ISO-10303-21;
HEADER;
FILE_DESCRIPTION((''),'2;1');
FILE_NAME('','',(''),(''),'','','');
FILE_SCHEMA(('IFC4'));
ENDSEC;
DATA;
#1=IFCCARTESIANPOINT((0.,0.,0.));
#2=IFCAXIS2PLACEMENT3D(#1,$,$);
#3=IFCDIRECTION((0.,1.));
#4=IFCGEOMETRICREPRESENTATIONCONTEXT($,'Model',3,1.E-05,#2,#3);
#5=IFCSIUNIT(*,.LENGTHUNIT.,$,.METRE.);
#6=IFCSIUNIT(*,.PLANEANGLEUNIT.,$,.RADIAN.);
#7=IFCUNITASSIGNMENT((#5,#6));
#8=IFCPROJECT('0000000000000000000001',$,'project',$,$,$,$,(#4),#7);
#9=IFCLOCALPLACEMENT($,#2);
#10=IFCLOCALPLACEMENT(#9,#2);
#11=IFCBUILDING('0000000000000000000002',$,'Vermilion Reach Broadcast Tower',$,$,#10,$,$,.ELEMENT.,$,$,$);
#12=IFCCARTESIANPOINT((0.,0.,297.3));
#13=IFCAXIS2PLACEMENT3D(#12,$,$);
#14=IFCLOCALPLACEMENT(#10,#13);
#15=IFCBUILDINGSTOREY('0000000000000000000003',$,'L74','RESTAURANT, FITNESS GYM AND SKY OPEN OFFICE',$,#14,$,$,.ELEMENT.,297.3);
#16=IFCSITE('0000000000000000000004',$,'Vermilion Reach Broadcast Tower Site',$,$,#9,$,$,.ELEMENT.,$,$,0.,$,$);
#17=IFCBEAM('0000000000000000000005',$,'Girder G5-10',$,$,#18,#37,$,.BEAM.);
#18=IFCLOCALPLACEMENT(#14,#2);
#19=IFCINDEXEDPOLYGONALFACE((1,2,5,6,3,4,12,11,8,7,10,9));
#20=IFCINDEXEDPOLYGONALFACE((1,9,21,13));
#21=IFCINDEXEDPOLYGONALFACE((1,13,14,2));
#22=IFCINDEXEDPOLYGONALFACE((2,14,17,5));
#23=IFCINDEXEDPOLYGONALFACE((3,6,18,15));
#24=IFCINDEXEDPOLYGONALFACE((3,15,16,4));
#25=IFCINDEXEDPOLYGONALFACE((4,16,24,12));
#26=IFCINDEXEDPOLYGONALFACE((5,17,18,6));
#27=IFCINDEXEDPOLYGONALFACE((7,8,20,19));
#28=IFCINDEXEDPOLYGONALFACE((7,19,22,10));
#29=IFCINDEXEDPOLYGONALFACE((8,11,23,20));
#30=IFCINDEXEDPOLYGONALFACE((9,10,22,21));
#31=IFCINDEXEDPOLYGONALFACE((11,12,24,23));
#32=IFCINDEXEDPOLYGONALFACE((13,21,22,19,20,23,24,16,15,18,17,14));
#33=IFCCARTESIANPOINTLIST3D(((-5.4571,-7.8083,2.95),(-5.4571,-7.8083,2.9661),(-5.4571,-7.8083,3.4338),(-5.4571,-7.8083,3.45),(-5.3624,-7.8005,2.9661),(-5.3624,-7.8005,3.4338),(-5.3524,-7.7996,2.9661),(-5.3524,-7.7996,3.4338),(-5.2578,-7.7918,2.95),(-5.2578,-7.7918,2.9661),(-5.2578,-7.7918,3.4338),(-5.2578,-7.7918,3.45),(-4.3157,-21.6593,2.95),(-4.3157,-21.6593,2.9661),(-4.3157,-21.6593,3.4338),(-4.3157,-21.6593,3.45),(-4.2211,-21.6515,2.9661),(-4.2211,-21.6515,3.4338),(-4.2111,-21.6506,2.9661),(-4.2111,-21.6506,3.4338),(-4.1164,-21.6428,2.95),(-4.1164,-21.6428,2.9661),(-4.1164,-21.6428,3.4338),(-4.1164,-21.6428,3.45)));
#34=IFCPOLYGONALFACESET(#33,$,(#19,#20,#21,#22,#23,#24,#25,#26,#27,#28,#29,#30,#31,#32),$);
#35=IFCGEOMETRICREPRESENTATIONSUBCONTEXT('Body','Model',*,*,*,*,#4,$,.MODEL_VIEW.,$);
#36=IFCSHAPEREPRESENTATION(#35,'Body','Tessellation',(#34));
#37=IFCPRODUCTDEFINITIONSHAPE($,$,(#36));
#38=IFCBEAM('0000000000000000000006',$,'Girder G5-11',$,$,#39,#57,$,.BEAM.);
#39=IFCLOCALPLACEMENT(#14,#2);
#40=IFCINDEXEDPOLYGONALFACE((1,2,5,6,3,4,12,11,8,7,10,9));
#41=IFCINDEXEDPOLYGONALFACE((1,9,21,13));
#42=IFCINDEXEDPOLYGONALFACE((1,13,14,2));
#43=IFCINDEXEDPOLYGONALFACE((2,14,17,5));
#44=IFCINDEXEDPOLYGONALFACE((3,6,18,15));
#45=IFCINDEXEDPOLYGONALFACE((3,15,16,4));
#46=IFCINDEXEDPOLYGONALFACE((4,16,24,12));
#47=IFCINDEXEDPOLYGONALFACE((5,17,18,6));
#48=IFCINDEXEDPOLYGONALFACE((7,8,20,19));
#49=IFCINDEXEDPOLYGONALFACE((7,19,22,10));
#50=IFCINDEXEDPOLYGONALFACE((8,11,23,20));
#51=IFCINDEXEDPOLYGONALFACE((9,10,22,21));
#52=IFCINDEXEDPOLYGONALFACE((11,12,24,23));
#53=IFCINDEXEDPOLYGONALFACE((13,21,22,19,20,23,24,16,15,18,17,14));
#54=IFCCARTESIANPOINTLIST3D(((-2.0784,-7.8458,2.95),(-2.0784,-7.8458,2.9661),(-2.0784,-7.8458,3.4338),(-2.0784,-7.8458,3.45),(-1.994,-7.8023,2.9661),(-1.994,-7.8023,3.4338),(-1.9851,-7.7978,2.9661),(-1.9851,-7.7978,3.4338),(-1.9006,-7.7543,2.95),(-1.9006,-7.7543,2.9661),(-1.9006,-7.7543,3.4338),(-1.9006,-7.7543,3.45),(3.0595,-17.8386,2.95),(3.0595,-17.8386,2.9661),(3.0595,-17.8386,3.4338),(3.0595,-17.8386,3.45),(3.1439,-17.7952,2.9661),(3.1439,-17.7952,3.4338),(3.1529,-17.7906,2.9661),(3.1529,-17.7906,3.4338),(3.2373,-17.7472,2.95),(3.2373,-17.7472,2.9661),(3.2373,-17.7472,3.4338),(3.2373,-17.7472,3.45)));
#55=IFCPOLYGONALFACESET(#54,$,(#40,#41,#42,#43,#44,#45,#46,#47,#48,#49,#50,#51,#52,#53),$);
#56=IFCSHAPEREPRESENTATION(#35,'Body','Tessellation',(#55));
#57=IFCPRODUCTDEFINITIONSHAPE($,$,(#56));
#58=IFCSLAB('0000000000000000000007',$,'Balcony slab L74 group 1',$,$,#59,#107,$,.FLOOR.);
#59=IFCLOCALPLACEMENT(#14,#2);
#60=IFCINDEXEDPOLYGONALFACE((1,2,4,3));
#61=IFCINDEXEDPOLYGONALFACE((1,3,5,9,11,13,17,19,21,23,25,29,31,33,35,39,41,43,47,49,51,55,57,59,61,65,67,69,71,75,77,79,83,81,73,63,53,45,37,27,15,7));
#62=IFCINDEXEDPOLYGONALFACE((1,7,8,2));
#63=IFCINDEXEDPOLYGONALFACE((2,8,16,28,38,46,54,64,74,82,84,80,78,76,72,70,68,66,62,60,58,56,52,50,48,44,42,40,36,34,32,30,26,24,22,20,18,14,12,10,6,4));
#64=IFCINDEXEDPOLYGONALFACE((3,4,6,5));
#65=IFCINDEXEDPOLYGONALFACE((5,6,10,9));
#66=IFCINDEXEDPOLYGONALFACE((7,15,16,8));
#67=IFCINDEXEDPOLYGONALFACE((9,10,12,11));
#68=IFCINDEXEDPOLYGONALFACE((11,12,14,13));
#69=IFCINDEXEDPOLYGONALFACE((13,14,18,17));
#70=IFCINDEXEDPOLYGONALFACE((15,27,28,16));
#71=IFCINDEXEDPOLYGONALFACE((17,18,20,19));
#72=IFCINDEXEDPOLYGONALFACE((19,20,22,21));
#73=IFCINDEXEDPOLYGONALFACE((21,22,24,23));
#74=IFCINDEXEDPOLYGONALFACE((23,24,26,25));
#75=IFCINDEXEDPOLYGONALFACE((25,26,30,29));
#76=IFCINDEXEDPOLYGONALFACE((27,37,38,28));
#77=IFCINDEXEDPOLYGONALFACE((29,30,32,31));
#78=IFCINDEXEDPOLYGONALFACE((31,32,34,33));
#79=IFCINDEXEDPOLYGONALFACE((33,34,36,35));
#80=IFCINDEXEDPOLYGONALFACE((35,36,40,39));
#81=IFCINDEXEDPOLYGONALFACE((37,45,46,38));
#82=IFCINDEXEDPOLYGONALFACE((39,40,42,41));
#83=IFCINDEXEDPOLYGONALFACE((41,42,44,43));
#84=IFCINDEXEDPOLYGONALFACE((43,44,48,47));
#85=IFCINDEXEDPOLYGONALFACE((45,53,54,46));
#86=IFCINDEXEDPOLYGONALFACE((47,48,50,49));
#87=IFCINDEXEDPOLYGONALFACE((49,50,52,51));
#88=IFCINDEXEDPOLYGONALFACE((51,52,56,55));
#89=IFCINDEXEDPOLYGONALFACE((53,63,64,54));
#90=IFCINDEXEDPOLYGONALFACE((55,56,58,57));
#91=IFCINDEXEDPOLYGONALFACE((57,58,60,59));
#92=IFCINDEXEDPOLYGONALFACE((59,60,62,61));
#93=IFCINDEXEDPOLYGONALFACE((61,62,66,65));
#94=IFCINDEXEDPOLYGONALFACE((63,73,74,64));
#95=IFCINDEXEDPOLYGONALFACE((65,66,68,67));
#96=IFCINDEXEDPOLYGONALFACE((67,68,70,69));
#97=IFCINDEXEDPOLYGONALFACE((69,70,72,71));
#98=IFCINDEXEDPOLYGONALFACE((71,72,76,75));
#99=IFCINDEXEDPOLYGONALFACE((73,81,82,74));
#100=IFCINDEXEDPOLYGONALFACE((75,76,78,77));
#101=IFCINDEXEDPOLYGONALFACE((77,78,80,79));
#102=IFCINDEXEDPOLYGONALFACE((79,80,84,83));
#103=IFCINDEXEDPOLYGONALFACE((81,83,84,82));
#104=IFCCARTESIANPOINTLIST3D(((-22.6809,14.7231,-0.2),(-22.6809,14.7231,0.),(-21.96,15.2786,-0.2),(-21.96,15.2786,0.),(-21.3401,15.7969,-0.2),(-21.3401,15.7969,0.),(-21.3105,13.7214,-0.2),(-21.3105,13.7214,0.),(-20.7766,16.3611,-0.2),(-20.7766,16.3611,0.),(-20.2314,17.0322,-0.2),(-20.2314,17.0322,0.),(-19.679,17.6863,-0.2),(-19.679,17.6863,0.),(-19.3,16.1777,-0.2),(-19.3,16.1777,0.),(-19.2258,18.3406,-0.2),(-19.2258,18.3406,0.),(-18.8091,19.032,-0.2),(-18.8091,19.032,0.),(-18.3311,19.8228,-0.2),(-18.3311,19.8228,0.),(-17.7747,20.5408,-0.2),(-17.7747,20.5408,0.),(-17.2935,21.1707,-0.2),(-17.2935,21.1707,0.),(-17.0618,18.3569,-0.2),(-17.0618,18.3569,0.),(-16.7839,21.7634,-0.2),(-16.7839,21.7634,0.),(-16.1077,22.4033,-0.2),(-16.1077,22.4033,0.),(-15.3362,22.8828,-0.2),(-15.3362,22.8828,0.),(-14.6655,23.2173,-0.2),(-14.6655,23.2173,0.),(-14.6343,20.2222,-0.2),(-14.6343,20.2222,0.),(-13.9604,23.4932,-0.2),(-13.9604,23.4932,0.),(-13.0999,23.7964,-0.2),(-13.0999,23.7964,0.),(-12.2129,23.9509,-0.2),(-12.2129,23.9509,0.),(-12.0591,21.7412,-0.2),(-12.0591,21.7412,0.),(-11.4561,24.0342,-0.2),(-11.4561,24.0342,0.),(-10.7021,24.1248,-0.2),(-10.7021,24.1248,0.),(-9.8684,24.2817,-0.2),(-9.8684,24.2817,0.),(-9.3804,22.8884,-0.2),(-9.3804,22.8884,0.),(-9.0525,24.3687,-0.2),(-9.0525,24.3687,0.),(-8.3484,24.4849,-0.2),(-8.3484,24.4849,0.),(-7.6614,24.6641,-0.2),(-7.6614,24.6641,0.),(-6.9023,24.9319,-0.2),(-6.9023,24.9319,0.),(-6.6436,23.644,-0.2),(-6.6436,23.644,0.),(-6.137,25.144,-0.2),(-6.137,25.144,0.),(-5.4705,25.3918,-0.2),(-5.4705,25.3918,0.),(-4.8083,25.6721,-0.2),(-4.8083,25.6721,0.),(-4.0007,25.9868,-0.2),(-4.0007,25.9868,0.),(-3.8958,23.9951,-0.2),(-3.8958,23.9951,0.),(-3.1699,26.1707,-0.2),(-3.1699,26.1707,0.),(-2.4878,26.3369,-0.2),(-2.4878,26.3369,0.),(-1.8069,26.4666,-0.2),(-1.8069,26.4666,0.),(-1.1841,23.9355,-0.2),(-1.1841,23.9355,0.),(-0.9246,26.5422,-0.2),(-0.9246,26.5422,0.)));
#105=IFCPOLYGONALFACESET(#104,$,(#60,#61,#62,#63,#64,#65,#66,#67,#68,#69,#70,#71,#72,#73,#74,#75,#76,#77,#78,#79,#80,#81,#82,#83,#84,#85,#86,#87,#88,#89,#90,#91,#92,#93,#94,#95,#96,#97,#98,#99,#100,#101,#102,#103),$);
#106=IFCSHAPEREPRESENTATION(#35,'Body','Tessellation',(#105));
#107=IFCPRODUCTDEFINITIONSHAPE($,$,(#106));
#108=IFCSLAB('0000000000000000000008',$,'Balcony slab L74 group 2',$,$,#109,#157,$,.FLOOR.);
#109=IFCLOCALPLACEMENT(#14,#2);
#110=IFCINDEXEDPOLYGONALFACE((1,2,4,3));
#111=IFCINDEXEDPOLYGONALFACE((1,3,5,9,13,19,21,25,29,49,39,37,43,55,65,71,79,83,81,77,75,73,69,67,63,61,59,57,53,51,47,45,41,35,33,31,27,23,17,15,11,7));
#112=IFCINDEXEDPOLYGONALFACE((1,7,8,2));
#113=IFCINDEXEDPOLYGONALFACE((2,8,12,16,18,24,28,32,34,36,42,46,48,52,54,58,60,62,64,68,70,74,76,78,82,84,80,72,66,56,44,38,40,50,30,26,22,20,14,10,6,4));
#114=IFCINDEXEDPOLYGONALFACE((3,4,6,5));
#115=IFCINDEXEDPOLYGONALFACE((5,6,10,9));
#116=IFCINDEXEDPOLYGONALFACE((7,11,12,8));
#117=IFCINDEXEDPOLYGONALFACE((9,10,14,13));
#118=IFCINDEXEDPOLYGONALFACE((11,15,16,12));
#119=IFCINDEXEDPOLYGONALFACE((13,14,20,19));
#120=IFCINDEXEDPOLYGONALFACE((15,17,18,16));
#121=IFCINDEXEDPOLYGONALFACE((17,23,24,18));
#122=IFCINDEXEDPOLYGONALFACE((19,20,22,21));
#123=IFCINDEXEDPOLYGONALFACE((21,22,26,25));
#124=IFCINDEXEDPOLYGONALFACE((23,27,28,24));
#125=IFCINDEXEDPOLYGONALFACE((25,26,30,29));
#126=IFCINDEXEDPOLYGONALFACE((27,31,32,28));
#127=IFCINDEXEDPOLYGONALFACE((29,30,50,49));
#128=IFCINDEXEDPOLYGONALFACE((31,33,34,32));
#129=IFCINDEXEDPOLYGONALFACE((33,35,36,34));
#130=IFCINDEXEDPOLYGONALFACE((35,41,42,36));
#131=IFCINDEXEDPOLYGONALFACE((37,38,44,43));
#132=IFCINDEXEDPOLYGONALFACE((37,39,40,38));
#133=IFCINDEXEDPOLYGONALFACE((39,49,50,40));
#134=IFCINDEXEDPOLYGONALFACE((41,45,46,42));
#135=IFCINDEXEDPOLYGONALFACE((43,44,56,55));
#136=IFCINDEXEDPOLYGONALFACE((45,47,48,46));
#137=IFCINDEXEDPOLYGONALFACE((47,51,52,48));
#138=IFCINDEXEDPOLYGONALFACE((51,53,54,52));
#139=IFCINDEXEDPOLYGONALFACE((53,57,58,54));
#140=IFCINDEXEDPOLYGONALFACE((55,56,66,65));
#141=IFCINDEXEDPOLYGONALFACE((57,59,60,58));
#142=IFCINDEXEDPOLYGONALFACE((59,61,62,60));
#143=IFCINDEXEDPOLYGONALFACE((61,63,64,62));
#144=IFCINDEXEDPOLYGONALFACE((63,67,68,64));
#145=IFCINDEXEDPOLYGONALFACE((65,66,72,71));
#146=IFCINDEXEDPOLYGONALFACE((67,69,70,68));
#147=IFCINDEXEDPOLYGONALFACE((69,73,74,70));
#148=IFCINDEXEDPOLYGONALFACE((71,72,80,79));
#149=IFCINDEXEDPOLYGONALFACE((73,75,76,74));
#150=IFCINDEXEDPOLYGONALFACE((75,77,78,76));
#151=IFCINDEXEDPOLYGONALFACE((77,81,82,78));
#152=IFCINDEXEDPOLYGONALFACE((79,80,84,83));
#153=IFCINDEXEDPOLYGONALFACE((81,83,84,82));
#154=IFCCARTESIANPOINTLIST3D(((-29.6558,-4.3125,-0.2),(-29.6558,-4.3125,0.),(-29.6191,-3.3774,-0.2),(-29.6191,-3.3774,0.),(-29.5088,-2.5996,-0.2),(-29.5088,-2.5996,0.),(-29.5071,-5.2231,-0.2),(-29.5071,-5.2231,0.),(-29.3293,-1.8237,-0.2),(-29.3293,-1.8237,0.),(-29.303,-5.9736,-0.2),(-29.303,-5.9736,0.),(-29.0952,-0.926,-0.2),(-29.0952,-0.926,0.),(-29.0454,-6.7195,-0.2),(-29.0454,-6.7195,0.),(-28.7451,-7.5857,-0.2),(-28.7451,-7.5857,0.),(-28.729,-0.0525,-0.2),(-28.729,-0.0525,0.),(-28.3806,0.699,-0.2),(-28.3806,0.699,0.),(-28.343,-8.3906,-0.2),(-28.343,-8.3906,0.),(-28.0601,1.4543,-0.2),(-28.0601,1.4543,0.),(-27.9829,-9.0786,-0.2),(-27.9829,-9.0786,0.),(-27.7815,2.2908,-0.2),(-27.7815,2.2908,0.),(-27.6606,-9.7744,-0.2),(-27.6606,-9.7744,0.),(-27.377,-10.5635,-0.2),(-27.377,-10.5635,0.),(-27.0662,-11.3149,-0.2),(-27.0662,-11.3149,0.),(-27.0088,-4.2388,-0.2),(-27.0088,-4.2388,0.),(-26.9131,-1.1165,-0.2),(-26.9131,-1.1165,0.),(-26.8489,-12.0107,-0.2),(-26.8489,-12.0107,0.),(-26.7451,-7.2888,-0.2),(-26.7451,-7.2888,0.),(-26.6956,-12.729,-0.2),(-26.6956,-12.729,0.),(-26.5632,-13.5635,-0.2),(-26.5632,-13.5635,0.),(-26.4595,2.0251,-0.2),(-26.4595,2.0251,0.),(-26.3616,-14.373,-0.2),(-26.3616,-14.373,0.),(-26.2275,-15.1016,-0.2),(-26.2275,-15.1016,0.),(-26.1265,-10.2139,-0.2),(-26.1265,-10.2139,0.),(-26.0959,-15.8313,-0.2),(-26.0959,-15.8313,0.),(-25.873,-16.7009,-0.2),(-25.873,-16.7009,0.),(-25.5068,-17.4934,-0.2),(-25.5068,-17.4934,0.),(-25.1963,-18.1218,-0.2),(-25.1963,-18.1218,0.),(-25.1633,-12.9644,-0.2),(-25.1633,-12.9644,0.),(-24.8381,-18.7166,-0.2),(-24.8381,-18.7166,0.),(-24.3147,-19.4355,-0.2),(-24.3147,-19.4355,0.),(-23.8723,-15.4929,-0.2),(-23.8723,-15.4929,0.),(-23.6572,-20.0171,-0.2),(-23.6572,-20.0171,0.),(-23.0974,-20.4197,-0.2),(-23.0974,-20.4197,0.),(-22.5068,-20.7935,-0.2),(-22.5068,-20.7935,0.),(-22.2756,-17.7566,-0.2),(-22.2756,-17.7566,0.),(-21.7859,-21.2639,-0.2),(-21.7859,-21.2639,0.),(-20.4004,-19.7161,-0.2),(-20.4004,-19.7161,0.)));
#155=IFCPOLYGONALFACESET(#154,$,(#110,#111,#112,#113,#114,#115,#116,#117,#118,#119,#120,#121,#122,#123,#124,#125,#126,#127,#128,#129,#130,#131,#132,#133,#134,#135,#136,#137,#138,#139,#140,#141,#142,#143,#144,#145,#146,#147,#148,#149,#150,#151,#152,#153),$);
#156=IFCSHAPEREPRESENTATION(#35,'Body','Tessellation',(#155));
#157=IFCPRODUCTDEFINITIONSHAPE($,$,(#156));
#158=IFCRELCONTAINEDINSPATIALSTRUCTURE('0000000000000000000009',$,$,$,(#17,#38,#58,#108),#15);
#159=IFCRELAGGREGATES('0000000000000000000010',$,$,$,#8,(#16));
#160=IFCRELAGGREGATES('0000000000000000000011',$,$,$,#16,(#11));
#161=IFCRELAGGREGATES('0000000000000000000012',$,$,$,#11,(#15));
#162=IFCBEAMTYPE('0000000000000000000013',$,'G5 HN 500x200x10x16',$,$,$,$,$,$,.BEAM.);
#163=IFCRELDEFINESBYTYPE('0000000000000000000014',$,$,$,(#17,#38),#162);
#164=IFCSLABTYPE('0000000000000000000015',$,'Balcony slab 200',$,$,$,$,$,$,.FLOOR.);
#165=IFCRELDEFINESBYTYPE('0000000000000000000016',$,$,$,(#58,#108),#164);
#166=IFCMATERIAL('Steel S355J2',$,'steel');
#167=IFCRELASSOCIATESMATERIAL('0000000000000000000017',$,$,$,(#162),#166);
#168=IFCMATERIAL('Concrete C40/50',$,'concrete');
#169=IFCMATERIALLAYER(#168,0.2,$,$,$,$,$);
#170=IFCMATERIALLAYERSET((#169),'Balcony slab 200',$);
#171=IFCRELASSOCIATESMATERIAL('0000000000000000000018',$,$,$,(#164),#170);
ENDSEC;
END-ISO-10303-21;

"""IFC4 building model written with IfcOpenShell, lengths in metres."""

from ifc_helpers import new_model, si_unit, direction, frame, origin, origin_2d, place, context, subcontext, project, spatial, polyline, i_section, outline, extrude, material, layer, layer_set, material_profile, profile_set, type_object, element, save


model = new_model("IFC4")

# Units and contexts
model_context = context("Model", 3, precision=1e-05, world=origin(), true_north=direction((0.0, 1.0)))
body_context = subcontext(model_context, "Body", "Model", "MODEL_VIEW")
ifc_project = project(units=[si_unit("LENGTHUNIT", "METRE"), si_unit("PLANEANGLEUNIT", "RADIAN")], contexts=[model_context])

# Site, building, storey
site_placement = place(None, origin())
site = spatial("IfcSite", under=ifc_project, at=site_placement, Name="Vermilion Reach Broadcast Tower Site", CompositionType="ELEMENT", RefElevation=0.0)
building_placement = place(site_placement, origin())
building = spatial("IfcBuilding", under=site, at=building_placement, Name="Vermilion Reach Broadcast Tower", CompositionType="ELEMENT")
storey_placement = place(building_placement, frame((0.0, 0.0, 297.3)))
storey = spatial("IfcBuildingStorey", under=building, at=storey_placement, Name="L74", Description="RESTAURANT, FITNESS GYM AND SKY OPEN OFFICE", CompositionType="ELEMENT", Elevation=297.3)

# Beams
ifc_material_1 = material(Name="Steel S355J2", Category="steel")
ifc_material_profile = material_profile(ifc_material_1, i_section(OverallWidth=0.2, OverallDepth=0.5, WebThickness=0.01, FlangeThickness=0.0161, at=origin_2d()), Name="S355J2 HN 500x200x10x16")
ifc_profile_set = profile_set([ifc_material_profile], Name="Steel S355J2")
beam_type = type_object("IfcBeamType", Name="G5 HN 500x200x10x16", PredefinedType="BEAM", material=ifc_profile_set)
beam_1_placement = place(storey_placement, frame((-5.3574, -7.8, 3.2), z_axis=(0.082124, -0.996622, 0.0), x_axis=(0.996622, 0.082124, 0.0)))
element("IfcBeam", 1, at=beam_1_placement, inside=storey, type_object=beam_type, Name="Girder G5-10", PredefinedType="BEAM", context=body_context, shape_type="SweptSolid", body=[
    extrude(i_section(OverallWidth=0.2, OverallDepth=0.5, WebThickness=0.01, FlangeThickness=0.0161, at=origin_2d()), origin(), (0.0, 0.0, 1.0), 13.8979),
])
beam_2_placement = place(storey_placement, frame((-1.9895, -7.8, 3.2), z_axis=(0.457258, -0.889334, 0.0), x_axis=(0.889334, 0.457258, 0.0)))
element("IfcBeam", 2, at=beam_2_placement, inside=storey, type_object=beam_type, Name="Girder G5-11", PredefinedType="BEAM", context=body_context, shape_type="SweptSolid", body=[
    extrude(i_section(OverallWidth=0.2, OverallDepth=0.5, WebThickness=0.01, FlangeThickness=0.0161, at=origin_2d()), origin(), (0.0, 0.0, 1.0), 11.2363),
])

# Slabs
ifc_material_2 = material(Name="Concrete C40/50", Category="concrete")
ifc_layer_1 = layer(ifc_material_2, 0.2)
ifc_layer_set_1 = layer_set([ifc_layer_1], Name="Balcony slab 200")
slab_type_1 = type_object("IfcSlabType", Name="Balcony slab 200", PredefinedType="FLOOR", material=ifc_layer_set_1)
placement_1 = place(storey_placement, frame((0.0, 0.0, -0.2)))
element("IfcSlab", 3, at=placement_1, inside=storey, type_object=slab_type_1, Name="Balcony slab L74 group 1", PredefinedType="FLOOR", context=body_context, shape_type="SweptSolid", body=[
    extrude(outline(polyline([(-1.1841, 23.9355), (-3.8958, 23.9951), (-6.6436, 23.644), (-9.3804, 22.8884), (-12.0591, 21.7412), (-14.6343, 20.2222), (-17.0618, 18.3569), (-19.3, 16.1777), (-21.3105, 13.7214), (-22.6809, 14.7231), (-21.96, 15.2786), (-21.3401, 15.7969), (-20.7766, 16.3611), (-20.2314, 17.0322), (-19.679, 17.6863), (-19.2258, 18.3406), (-18.8091, 19.032), (-18.3311, 19.8228), (-17.7747, 20.5408), (-17.2935, 21.1707), (-16.7839, 21.7634), (-16.1077, 22.4033), (-15.3362, 22.8828), (-14.6655, 23.2173), (-13.9604, 23.4932), (-13.0999, 23.7964), (-12.2129, 23.9509), (-11.4561, 24.0342), (-10.7021, 24.1248), (-9.8684, 24.2817), (-9.0525, 24.3687), (-8.3484, 24.4849), (-7.6614, 24.6641), (-6.9023, 24.9319), (-6.137, 25.144), (-5.4705, 25.3918), (-4.8083, 25.6721), (-4.0007, 25.9868), (-3.1699, 26.1707), (-2.4878, 26.3369), (-1.8069, 26.4666), (-0.9246, 26.5422), (-1.1841, 23.9355)])), origin(), (0.0, 0.0, 1.0), 0.2),
])
element("IfcSlab", 4, at=placement_1, inside=storey, type_object=slab_type_1, Name="Balcony slab L74 group 2", PredefinedType="FLOOR", context=body_context, shape_type="SweptSolid", body=[
    extrude(outline(polyline([(-26.4595, 2.0251), (-26.9131, -1.1165), (-27.0088, -4.2388), (-26.7451, -7.2888), (-26.1265, -10.2139), (-25.1633, -12.9644), (-23.8723, -15.4929), (-22.2756, -17.7566), (-20.4004, -19.7161), (-21.7859, -21.2639), (-22.5068, -20.7935), (-23.0974, -20.4197), (-23.6572, -20.0171), (-24.3147, -19.4355), (-24.8381, -18.7166), (-25.1963, -18.1218), (-25.5068, -17.4934), (-25.873, -16.7009), (-26.0959, -15.8313), (-26.2275, -15.1016), (-26.3616, -14.373), (-26.5632, -13.5635), (-26.6956, -12.729), (-26.8489, -12.0107), (-27.0662, -11.3149), (-27.377, -10.5635), (-27.6606, -9.7744), (-27.9829, -9.0786), (-28.343, -8.3906), (-28.7451, -7.5857), (-29.0454, -6.7195), (-29.303, -5.9736), (-29.5071, -5.2231), (-29.6558, -4.3125), (-29.6191, -3.3774), (-29.5088, -2.5996), (-29.3293, -1.8237), (-29.0952, -0.926), (-28.729, -0.0525), (-28.3806, 0.699), (-28.0601, 1.4543), (-27.7815, 2.2908), (-26.4595, 2.0251)])), origin(), (0.0, 0.0, 1.0), 0.2),
])

save(model, "model.ifc")
